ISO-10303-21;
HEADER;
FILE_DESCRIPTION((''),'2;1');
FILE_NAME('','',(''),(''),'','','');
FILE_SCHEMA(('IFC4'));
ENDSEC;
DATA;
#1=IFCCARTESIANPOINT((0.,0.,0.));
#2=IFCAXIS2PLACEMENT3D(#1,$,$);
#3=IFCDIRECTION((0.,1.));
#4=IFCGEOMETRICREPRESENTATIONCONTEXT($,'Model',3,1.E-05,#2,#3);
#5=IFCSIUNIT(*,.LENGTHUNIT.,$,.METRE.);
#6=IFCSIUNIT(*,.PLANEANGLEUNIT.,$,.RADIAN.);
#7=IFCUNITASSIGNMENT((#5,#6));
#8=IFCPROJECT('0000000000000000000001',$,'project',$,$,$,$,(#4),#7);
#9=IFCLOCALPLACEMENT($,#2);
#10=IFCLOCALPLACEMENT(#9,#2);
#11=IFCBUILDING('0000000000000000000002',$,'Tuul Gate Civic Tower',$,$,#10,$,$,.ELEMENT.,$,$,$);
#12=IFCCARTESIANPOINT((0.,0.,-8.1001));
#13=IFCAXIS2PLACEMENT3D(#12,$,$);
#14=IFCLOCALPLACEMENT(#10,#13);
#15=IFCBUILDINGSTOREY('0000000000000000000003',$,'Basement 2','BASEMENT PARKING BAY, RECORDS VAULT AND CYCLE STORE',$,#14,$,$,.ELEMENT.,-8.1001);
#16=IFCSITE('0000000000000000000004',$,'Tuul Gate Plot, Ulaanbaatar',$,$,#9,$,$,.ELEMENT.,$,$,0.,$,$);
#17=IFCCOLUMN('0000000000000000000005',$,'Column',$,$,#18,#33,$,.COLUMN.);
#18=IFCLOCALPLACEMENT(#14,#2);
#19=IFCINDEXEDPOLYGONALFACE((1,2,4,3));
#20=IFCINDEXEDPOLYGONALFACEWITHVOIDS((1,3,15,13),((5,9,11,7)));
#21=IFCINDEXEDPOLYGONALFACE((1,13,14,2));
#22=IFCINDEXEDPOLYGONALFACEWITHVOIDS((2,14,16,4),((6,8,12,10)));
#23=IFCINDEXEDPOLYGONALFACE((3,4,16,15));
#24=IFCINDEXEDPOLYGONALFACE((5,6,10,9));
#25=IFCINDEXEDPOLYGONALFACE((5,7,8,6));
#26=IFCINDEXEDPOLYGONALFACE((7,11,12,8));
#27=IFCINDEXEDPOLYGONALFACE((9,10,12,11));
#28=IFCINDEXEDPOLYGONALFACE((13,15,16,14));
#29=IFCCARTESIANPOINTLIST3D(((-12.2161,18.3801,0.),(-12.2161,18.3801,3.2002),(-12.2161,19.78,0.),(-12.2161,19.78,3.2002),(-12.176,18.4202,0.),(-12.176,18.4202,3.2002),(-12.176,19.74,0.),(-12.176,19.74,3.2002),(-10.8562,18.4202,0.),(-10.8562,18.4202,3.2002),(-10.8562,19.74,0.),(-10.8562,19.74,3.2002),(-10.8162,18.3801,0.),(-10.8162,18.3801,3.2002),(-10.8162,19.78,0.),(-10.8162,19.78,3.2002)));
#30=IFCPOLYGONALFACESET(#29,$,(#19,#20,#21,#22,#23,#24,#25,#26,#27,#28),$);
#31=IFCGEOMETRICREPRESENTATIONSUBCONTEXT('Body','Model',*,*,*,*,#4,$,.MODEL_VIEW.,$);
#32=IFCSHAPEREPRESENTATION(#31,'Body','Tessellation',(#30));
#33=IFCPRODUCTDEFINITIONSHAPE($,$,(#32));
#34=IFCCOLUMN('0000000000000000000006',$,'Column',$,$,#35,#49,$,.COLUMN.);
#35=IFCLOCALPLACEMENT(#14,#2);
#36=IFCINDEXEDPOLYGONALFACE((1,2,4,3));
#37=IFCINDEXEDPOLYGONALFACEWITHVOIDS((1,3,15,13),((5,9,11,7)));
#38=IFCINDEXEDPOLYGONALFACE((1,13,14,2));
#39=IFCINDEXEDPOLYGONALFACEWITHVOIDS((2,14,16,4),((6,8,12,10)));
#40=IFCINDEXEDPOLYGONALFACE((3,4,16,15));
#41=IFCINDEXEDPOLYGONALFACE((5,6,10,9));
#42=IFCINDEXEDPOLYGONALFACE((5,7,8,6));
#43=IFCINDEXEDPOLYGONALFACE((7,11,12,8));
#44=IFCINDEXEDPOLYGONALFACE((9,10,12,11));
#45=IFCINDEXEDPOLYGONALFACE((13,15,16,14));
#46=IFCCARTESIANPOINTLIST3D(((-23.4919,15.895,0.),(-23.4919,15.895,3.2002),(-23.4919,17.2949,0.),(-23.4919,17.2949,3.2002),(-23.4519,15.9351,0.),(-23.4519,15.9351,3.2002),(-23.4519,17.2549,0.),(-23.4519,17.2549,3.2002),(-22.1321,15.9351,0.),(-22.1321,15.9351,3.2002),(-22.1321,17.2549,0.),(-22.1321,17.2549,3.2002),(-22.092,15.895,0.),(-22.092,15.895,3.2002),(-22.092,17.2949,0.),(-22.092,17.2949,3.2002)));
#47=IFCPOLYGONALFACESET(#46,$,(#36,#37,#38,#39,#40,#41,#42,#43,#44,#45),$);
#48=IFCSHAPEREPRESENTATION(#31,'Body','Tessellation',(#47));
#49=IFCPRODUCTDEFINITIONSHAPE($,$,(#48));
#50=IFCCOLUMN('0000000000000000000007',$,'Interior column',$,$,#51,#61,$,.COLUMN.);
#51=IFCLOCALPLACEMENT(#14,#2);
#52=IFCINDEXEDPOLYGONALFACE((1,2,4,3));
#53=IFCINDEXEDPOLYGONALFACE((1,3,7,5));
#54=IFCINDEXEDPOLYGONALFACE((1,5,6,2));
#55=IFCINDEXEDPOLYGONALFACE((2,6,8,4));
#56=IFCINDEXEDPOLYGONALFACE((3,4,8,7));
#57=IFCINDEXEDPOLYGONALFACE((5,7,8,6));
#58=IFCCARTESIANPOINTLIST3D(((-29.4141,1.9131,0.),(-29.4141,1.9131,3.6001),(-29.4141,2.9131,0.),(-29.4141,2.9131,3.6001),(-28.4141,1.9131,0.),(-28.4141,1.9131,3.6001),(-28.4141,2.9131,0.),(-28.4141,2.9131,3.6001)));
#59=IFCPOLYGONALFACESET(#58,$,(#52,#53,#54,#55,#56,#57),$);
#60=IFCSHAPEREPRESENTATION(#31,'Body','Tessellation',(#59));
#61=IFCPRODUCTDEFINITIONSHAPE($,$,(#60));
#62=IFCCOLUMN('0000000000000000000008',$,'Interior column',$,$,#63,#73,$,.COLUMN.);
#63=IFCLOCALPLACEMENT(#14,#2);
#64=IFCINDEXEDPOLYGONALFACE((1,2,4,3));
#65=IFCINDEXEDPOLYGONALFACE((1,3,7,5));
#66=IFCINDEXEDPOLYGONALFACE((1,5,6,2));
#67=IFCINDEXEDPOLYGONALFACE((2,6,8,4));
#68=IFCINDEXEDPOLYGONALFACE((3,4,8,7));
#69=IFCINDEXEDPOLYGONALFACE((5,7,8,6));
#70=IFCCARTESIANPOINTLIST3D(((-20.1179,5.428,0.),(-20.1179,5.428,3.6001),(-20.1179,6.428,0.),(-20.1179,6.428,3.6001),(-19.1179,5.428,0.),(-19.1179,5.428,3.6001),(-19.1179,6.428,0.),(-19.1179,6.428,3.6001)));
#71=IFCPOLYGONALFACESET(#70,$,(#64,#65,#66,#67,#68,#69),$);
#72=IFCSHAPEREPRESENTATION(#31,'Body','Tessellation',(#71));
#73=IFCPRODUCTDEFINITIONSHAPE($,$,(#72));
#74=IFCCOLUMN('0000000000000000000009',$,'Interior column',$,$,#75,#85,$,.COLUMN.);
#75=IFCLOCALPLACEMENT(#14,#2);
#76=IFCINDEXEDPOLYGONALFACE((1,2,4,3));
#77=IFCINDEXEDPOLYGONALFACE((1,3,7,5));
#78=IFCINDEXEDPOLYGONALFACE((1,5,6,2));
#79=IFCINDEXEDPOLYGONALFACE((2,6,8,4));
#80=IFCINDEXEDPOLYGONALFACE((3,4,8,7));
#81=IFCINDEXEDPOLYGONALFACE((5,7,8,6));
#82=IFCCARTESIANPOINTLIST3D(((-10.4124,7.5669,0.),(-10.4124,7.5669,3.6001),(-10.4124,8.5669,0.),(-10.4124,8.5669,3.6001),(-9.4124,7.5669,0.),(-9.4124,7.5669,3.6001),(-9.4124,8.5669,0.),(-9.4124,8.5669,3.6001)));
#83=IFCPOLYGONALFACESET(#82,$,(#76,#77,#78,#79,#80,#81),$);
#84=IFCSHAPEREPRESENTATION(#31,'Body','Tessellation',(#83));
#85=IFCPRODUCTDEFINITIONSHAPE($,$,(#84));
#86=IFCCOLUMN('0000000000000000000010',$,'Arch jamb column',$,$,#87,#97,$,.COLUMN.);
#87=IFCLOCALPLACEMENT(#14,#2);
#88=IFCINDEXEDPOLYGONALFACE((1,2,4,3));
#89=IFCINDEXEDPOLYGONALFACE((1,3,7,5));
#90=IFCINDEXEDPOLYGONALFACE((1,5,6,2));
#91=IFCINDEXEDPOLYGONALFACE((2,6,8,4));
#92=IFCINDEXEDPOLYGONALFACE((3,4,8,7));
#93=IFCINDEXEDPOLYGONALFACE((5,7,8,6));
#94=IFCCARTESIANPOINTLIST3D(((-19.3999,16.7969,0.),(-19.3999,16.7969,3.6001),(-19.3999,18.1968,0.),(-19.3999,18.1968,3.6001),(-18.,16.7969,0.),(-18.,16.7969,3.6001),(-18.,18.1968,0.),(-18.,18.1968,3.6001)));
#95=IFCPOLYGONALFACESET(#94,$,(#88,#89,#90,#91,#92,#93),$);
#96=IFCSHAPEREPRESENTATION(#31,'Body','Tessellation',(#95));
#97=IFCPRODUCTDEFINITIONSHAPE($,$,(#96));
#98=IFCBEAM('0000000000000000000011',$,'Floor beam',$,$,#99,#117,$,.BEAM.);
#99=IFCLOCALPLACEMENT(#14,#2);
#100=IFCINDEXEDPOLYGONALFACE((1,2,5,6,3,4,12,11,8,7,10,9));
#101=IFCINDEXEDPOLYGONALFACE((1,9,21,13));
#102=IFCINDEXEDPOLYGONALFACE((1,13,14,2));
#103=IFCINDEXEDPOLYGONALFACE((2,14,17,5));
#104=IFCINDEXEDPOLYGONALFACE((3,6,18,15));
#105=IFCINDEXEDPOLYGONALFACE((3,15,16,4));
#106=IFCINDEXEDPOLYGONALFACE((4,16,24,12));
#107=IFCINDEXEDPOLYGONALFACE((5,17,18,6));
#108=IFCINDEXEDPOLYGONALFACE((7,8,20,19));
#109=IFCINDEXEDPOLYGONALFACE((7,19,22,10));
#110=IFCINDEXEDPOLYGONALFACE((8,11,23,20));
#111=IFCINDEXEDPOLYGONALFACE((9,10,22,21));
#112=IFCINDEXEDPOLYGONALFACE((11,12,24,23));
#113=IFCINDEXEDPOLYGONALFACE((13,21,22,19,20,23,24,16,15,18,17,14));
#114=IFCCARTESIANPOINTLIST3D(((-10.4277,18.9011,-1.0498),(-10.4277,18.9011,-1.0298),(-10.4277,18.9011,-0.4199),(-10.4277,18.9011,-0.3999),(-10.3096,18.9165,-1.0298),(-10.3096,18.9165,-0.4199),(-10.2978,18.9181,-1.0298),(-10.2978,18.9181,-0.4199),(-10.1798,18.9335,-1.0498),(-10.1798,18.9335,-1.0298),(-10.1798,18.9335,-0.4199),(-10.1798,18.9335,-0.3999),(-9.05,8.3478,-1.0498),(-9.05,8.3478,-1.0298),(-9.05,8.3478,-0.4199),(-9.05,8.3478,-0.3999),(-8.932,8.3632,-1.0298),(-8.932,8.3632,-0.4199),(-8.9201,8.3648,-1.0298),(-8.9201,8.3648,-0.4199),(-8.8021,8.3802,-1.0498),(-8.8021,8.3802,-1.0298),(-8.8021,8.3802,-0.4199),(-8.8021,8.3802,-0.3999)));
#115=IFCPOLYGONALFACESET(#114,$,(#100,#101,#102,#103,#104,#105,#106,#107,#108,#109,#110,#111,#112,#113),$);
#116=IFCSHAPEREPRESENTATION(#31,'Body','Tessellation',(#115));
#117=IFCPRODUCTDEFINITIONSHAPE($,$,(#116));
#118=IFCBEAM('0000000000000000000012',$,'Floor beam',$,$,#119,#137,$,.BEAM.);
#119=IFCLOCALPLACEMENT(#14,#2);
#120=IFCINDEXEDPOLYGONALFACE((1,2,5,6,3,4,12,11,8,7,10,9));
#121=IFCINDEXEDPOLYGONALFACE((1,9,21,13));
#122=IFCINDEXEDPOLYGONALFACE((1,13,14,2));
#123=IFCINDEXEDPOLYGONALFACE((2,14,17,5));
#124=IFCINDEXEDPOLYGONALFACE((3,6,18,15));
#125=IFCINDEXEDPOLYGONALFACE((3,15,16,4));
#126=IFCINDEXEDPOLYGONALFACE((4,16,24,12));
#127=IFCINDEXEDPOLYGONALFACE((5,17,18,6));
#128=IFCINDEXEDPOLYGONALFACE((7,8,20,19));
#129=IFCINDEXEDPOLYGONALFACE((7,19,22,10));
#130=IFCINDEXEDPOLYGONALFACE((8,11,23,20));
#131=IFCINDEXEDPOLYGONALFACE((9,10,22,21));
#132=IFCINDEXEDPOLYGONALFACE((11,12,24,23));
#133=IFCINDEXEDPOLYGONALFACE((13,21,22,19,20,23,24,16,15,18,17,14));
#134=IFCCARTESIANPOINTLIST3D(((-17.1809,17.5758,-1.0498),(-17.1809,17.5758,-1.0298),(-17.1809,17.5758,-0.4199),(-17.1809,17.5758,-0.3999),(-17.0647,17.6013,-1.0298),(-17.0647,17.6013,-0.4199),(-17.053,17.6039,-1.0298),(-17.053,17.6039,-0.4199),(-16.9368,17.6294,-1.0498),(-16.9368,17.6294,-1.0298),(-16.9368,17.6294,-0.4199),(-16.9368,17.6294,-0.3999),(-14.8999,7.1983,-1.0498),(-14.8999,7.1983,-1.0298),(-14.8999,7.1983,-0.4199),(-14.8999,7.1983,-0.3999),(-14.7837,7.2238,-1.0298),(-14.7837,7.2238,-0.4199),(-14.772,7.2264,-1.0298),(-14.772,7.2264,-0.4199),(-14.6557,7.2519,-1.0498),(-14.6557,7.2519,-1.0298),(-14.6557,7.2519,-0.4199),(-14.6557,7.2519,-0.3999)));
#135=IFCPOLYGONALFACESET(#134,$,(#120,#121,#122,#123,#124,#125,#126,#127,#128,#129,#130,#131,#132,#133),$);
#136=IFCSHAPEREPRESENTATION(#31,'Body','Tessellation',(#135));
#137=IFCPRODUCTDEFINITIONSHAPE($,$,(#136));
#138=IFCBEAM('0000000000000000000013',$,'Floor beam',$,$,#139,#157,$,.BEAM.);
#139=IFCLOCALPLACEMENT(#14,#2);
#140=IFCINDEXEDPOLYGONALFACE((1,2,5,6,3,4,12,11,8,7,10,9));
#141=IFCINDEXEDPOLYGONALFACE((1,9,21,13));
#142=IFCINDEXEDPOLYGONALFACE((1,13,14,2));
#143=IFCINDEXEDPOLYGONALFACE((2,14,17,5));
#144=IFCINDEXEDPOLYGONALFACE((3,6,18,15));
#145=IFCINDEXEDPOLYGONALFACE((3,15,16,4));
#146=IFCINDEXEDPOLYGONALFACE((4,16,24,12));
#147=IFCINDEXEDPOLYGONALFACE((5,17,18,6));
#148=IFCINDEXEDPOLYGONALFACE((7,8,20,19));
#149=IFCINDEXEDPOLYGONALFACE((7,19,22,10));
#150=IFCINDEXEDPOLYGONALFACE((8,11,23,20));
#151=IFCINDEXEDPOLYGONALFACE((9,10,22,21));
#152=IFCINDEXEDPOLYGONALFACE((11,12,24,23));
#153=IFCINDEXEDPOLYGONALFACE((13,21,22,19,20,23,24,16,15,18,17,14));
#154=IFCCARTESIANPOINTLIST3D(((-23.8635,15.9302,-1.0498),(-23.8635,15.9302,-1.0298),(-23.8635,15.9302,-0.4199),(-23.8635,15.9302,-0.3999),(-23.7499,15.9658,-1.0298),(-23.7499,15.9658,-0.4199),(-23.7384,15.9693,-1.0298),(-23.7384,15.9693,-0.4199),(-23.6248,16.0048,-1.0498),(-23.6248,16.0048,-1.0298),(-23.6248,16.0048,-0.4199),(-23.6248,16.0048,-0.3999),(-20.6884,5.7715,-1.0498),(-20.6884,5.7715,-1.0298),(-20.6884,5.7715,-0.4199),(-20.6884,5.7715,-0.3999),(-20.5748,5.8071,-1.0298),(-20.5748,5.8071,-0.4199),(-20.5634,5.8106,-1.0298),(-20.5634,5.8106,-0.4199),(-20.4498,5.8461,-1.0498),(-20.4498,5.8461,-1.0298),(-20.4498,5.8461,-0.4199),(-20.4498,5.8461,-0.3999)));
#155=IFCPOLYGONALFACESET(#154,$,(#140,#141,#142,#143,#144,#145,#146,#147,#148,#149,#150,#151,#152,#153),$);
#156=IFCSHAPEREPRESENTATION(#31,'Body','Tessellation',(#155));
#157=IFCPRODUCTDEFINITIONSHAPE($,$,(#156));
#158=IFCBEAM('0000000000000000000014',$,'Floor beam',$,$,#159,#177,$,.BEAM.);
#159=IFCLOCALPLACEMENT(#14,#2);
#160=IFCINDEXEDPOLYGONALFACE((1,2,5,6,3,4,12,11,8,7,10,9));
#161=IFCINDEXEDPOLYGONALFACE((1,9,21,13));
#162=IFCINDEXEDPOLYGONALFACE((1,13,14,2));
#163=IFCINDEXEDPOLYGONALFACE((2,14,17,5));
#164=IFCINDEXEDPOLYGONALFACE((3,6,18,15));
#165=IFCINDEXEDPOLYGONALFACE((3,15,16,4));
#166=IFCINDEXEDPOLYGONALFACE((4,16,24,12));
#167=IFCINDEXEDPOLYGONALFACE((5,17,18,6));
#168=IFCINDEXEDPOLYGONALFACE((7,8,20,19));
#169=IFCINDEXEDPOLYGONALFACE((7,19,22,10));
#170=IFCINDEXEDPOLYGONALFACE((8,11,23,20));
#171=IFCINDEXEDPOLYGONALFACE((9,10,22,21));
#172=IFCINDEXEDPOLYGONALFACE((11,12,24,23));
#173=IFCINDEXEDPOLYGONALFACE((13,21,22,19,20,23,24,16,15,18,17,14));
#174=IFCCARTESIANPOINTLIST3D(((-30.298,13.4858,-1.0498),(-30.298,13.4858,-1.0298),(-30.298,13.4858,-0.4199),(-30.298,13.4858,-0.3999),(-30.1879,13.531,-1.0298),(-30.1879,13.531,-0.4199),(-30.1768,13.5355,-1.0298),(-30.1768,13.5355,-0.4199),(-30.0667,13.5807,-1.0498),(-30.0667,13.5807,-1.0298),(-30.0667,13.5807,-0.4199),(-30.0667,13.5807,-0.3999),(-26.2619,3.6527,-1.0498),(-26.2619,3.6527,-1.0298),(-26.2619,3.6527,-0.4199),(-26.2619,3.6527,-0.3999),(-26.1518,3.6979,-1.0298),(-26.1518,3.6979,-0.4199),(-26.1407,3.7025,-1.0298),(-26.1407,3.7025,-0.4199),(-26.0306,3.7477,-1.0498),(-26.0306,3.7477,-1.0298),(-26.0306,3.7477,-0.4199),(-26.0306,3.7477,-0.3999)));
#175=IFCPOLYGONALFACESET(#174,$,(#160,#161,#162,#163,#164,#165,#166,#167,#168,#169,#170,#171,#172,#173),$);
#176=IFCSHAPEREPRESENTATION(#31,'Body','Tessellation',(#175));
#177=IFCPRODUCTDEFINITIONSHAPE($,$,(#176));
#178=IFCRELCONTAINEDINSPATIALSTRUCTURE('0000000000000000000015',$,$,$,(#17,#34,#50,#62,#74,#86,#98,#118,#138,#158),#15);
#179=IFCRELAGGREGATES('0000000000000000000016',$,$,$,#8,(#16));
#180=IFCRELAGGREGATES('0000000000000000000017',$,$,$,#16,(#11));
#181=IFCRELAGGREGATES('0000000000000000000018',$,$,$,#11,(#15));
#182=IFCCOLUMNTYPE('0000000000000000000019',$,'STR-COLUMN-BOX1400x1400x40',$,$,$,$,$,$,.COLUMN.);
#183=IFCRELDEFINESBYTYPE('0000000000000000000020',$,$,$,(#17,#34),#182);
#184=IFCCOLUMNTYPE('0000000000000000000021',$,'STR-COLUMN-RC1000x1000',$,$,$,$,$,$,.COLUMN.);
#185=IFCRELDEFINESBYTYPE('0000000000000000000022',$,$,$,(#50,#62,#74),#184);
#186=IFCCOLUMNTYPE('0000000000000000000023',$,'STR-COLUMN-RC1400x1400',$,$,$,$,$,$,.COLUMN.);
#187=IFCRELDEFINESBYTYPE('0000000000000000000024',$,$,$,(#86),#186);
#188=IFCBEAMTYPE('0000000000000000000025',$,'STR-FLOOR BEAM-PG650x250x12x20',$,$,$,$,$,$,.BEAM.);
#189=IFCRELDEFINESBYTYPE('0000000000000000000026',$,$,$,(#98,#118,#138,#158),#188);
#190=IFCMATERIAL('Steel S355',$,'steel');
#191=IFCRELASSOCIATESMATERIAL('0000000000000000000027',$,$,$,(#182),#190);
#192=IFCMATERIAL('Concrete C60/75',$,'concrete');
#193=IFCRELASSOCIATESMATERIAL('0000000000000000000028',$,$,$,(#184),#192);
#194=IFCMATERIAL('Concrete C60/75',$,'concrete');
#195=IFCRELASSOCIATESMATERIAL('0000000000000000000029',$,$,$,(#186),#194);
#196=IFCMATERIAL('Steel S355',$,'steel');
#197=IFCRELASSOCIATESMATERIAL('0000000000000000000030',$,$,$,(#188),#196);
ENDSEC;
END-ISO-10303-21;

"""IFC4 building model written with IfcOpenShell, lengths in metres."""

from ifc_helpers import new_model, si_unit, direction, frame, origin, origin_2d, place, context, subcontext, project, spatial, rectangle, hollow_rectangle, i_section, extrude, material, material_profile, profile_set, type_object, element, save


model = new_model("IFC4")

# Units and contexts
model_context = context("Model", 3, precision=1e-05, world=origin(), true_north=direction((0.0, 1.0)))
body_context = subcontext(model_context, "Body", "Model", "MODEL_VIEW")
ifc_project = project(units=[si_unit("LENGTHUNIT", "METRE"), si_unit("PLANEANGLEUNIT", "RADIAN")], contexts=[model_context])

# Site, building, storey
site_placement = place(None, origin())
site = spatial("IfcSite", under=ifc_project, at=site_placement, Name="Tuul Gate Plot, Ulaanbaatar", CompositionType="ELEMENT", RefElevation=0.0)
building_placement = place(site_placement, origin())
building = spatial("IfcBuilding", under=site, at=building_placement, Name="Tuul Gate Civic Tower", CompositionType="ELEMENT")
storey_placement = place(building_placement, frame((0.0, 0.0, -8.1001)))
storey = spatial("IfcBuildingStorey", under=building, at=storey_placement, Name="Basement 2", Description="BASEMENT PARKING BAY, RECORDS VAULT AND CYCLE STORE", CompositionType="ELEMENT", Elevation=-8.1001)

# Columns
ifc_material_1 = material(Name="Steel S355", Category="steel")
ifc_material_profile_1 = material_profile(ifc_material_1, hollow_rectangle(XDim=1.3999, YDim=1.3999, WallThickness=0.04, at=origin_2d()), Name="BOX1400x1400x40")
ifc_profile_set_1 = profile_set([ifc_material_profile_1], Name="Steel S355")
column_type_1 = type_object("IfcColumnType", Name="STR-COLUMN-BOX1400x1400x40", PredefinedType="COLUMN", material=ifc_profile_set_1)
for number, where, z_axis, x_axis, name in (
    (1, (-11.5161, 19.0801, 0.0), (0.0, 0.0, 1.0), (1.0, 0.0, 0.0), "Column"),
    (2, (-22.792, 16.595, 0.0), (0.0, 0.0, 1.0), (1.0, 0.0, 0.0), "Column"),
):
    element("IfcColumn", number, at=place(storey_placement, frame(where, z_axis=z_axis, x_axis=x_axis)), inside=storey, type_object=column_type_1, Name=name, PredefinedType="COLUMN", context=body_context, shape_type="SweptSolid", body=[
        extrude(hollow_rectangle(XDim=1.3999, YDim=1.3999, WallThickness=0.04, at=origin_2d()), origin(), (0.0, 0.0, 1.0), 3.2002),
    ])
ifc_material_2 = material(Name="Concrete C60/75", Category="concrete")
ifc_material_profile_2 = material_profile(ifc_material_2, rectangle(XDim=1.0, YDim=1.0, at=origin_2d()), Name="RC1000x1000")
ifc_profile_set_2 = profile_set([ifc_material_profile_2], Name="Concrete C60/75")
column_type_2 = type_object("IfcColumnType", Name="STR-COLUMN-RC1000x1000", PredefinedType="COLUMN", material=ifc_profile_set_2)
for number, where, z_axis, x_axis, name in (
    (3, (-28.9141, 2.4131, 0.0), (0.0, 0.0, 1.0), (1.0, 0.0, 0.0), "Interior column"),
    (4, (-19.6179, 5.928, 0.0), (0.0, 0.0, 1.0), (1.0, 0.0, 0.0), "Interior column"),
    (5, (-9.9124, 8.0669, 0.0), (0.0, 0.0, 1.0), (1.0, 0.0, 0.0), "Interior column"),
):
    element("IfcColumn", number, at=place(storey_placement, frame(where, z_axis=z_axis, x_axis=x_axis)), inside=storey, type_object=column_type_2, Name=name, PredefinedType="COLUMN", context=body_context, shape_type="SweptSolid", body=[
        extrude(rectangle(XDim=1.0, YDim=1.0, at=origin_2d()), origin(), (0.0, 0.0, 1.0), 3.6001),
    ])
ifc_material_3 = material(Name="Concrete C60/75", Category="concrete")
ifc_material_profile_3 = material_profile(ifc_material_3, rectangle(XDim=1.3999, YDim=1.3999, at=origin_2d()), Name="RC1400x1400")
ifc_profile_set_3 = profile_set([ifc_material_profile_3], Name="Concrete C60/75")
column_type_3 = type_object("IfcColumnType", Name="STR-COLUMN-RC1400x1400", PredefinedType="COLUMN", material=ifc_profile_set_3)
column_placement = place(storey_placement, frame((-18.7, 17.4968, 0.0), z_axis=(0.0, 0.0, 1.0), x_axis=(1.0, 0.0, 0.0)))
element("IfcColumn", 6, at=column_placement, inside=storey, type_object=column_type_3, Name="Arch jamb column", PredefinedType="COLUMN", context=body_context, shape_type="SweptSolid", body=[
    extrude(rectangle(XDim=1.3999, YDim=1.3999, at=origin_2d()), origin(), (0.0, 0.0, 1.0), 3.6001),
])

# Beams
ifc_material_4 = material(Name="Steel S355", Category="steel")
ifc_material_profile_4 = material_profile(ifc_material_4, i_section(OverallWidth=0.25, OverallDepth=0.6499, WebThickness=0.012, FlangeThickness=0.02, at=origin_2d()), Name="PG650x250x12x20")
ifc_profile_set_4 = profile_set([ifc_material_profile_4], Name="Steel S355")
beam_type_1 = type_object("IfcBeamType", Name="STR-FLOOR BEAM-PG650x250x12x20", PredefinedType="BEAM", material=ifc_profile_set_4)
beam_1_placement = place(storey_placement, frame((-8.926, 8.364, -0.7249), z_axis=(-0.129448, 0.991586, 0.0), x_axis=(-0.991586, -0.129448, 0.0)))
element("IfcBeam", 7, at=beam_1_placement, inside=storey, type_object=beam_type_1, Name="Floor beam", PredefinedType="BEAM", context=body_context, shape_type="SweptSolid", body=[
    extrude(i_section(OverallWidth=0.25, OverallDepth=0.6499, WebThickness=0.012, FlangeThickness=0.02, at=origin_2d()), origin(), (0.0, 0.0, 1.0), 10.6428),
])
beam_2_placement = place(storey_placement, frame((-14.7778, 7.2251, -0.7249), z_axis=(-0.214679, 0.976685, 0.0), x_axis=(-0.976685, -0.214679, 0.0)))
element("IfcBeam", 8, at=beam_2_placement, inside=storey, type_object=beam_type_1, Name="Floor beam", PredefinedType="BEAM", context=body_context, shape_type="SweptSolid", body=[
    extrude(i_section(OverallWidth=0.25, OverallDepth=0.6499, WebThickness=0.012, FlangeThickness=0.02, at=origin_2d()), origin(), (0.0, 0.0, 1.0), 10.6252),
])
beam_3_placement = place(storey_placement, frame((-20.5691, 5.8088, -0.7249), z_axis=(-0.298314, 0.954468, 0.0), x_axis=(-0.954468, -0.298314, 0.0)))
element("IfcBeam", 9, at=beam_3_placement, inside=storey, type_object=beam_type_1, Name="Floor beam", PredefinedType="BEAM", context=body_context, shape_type="SweptSolid", body=[
    extrude(i_section(OverallWidth=0.25, OverallDepth=0.6499, WebThickness=0.012, FlangeThickness=0.02, at=origin_2d()), origin(), (0.0, 0.0, 1.0), 10.6433),
])
beam_4_placement = place(storey_placement, frame((-26.1462, 3.7002, -0.7249), z_axis=(-0.379724, 0.9251, 0.0), x_axis=(-0.9251, -0.379724, 0.0)))
element("IfcBeam", 10, at=beam_4_placement, inside=storey, type_object=beam_type_1, Name="Floor beam", PredefinedType="BEAM", context=body_context, shape_type="SweptSolid", body=[
    extrude(i_section(OverallWidth=0.25, OverallDepth=0.6499, WebThickness=0.012, FlangeThickness=0.02, at=origin_2d()), origin(), (0.0, 0.0, 1.0), 10.6292),
])

save(model, "model.ifc")
